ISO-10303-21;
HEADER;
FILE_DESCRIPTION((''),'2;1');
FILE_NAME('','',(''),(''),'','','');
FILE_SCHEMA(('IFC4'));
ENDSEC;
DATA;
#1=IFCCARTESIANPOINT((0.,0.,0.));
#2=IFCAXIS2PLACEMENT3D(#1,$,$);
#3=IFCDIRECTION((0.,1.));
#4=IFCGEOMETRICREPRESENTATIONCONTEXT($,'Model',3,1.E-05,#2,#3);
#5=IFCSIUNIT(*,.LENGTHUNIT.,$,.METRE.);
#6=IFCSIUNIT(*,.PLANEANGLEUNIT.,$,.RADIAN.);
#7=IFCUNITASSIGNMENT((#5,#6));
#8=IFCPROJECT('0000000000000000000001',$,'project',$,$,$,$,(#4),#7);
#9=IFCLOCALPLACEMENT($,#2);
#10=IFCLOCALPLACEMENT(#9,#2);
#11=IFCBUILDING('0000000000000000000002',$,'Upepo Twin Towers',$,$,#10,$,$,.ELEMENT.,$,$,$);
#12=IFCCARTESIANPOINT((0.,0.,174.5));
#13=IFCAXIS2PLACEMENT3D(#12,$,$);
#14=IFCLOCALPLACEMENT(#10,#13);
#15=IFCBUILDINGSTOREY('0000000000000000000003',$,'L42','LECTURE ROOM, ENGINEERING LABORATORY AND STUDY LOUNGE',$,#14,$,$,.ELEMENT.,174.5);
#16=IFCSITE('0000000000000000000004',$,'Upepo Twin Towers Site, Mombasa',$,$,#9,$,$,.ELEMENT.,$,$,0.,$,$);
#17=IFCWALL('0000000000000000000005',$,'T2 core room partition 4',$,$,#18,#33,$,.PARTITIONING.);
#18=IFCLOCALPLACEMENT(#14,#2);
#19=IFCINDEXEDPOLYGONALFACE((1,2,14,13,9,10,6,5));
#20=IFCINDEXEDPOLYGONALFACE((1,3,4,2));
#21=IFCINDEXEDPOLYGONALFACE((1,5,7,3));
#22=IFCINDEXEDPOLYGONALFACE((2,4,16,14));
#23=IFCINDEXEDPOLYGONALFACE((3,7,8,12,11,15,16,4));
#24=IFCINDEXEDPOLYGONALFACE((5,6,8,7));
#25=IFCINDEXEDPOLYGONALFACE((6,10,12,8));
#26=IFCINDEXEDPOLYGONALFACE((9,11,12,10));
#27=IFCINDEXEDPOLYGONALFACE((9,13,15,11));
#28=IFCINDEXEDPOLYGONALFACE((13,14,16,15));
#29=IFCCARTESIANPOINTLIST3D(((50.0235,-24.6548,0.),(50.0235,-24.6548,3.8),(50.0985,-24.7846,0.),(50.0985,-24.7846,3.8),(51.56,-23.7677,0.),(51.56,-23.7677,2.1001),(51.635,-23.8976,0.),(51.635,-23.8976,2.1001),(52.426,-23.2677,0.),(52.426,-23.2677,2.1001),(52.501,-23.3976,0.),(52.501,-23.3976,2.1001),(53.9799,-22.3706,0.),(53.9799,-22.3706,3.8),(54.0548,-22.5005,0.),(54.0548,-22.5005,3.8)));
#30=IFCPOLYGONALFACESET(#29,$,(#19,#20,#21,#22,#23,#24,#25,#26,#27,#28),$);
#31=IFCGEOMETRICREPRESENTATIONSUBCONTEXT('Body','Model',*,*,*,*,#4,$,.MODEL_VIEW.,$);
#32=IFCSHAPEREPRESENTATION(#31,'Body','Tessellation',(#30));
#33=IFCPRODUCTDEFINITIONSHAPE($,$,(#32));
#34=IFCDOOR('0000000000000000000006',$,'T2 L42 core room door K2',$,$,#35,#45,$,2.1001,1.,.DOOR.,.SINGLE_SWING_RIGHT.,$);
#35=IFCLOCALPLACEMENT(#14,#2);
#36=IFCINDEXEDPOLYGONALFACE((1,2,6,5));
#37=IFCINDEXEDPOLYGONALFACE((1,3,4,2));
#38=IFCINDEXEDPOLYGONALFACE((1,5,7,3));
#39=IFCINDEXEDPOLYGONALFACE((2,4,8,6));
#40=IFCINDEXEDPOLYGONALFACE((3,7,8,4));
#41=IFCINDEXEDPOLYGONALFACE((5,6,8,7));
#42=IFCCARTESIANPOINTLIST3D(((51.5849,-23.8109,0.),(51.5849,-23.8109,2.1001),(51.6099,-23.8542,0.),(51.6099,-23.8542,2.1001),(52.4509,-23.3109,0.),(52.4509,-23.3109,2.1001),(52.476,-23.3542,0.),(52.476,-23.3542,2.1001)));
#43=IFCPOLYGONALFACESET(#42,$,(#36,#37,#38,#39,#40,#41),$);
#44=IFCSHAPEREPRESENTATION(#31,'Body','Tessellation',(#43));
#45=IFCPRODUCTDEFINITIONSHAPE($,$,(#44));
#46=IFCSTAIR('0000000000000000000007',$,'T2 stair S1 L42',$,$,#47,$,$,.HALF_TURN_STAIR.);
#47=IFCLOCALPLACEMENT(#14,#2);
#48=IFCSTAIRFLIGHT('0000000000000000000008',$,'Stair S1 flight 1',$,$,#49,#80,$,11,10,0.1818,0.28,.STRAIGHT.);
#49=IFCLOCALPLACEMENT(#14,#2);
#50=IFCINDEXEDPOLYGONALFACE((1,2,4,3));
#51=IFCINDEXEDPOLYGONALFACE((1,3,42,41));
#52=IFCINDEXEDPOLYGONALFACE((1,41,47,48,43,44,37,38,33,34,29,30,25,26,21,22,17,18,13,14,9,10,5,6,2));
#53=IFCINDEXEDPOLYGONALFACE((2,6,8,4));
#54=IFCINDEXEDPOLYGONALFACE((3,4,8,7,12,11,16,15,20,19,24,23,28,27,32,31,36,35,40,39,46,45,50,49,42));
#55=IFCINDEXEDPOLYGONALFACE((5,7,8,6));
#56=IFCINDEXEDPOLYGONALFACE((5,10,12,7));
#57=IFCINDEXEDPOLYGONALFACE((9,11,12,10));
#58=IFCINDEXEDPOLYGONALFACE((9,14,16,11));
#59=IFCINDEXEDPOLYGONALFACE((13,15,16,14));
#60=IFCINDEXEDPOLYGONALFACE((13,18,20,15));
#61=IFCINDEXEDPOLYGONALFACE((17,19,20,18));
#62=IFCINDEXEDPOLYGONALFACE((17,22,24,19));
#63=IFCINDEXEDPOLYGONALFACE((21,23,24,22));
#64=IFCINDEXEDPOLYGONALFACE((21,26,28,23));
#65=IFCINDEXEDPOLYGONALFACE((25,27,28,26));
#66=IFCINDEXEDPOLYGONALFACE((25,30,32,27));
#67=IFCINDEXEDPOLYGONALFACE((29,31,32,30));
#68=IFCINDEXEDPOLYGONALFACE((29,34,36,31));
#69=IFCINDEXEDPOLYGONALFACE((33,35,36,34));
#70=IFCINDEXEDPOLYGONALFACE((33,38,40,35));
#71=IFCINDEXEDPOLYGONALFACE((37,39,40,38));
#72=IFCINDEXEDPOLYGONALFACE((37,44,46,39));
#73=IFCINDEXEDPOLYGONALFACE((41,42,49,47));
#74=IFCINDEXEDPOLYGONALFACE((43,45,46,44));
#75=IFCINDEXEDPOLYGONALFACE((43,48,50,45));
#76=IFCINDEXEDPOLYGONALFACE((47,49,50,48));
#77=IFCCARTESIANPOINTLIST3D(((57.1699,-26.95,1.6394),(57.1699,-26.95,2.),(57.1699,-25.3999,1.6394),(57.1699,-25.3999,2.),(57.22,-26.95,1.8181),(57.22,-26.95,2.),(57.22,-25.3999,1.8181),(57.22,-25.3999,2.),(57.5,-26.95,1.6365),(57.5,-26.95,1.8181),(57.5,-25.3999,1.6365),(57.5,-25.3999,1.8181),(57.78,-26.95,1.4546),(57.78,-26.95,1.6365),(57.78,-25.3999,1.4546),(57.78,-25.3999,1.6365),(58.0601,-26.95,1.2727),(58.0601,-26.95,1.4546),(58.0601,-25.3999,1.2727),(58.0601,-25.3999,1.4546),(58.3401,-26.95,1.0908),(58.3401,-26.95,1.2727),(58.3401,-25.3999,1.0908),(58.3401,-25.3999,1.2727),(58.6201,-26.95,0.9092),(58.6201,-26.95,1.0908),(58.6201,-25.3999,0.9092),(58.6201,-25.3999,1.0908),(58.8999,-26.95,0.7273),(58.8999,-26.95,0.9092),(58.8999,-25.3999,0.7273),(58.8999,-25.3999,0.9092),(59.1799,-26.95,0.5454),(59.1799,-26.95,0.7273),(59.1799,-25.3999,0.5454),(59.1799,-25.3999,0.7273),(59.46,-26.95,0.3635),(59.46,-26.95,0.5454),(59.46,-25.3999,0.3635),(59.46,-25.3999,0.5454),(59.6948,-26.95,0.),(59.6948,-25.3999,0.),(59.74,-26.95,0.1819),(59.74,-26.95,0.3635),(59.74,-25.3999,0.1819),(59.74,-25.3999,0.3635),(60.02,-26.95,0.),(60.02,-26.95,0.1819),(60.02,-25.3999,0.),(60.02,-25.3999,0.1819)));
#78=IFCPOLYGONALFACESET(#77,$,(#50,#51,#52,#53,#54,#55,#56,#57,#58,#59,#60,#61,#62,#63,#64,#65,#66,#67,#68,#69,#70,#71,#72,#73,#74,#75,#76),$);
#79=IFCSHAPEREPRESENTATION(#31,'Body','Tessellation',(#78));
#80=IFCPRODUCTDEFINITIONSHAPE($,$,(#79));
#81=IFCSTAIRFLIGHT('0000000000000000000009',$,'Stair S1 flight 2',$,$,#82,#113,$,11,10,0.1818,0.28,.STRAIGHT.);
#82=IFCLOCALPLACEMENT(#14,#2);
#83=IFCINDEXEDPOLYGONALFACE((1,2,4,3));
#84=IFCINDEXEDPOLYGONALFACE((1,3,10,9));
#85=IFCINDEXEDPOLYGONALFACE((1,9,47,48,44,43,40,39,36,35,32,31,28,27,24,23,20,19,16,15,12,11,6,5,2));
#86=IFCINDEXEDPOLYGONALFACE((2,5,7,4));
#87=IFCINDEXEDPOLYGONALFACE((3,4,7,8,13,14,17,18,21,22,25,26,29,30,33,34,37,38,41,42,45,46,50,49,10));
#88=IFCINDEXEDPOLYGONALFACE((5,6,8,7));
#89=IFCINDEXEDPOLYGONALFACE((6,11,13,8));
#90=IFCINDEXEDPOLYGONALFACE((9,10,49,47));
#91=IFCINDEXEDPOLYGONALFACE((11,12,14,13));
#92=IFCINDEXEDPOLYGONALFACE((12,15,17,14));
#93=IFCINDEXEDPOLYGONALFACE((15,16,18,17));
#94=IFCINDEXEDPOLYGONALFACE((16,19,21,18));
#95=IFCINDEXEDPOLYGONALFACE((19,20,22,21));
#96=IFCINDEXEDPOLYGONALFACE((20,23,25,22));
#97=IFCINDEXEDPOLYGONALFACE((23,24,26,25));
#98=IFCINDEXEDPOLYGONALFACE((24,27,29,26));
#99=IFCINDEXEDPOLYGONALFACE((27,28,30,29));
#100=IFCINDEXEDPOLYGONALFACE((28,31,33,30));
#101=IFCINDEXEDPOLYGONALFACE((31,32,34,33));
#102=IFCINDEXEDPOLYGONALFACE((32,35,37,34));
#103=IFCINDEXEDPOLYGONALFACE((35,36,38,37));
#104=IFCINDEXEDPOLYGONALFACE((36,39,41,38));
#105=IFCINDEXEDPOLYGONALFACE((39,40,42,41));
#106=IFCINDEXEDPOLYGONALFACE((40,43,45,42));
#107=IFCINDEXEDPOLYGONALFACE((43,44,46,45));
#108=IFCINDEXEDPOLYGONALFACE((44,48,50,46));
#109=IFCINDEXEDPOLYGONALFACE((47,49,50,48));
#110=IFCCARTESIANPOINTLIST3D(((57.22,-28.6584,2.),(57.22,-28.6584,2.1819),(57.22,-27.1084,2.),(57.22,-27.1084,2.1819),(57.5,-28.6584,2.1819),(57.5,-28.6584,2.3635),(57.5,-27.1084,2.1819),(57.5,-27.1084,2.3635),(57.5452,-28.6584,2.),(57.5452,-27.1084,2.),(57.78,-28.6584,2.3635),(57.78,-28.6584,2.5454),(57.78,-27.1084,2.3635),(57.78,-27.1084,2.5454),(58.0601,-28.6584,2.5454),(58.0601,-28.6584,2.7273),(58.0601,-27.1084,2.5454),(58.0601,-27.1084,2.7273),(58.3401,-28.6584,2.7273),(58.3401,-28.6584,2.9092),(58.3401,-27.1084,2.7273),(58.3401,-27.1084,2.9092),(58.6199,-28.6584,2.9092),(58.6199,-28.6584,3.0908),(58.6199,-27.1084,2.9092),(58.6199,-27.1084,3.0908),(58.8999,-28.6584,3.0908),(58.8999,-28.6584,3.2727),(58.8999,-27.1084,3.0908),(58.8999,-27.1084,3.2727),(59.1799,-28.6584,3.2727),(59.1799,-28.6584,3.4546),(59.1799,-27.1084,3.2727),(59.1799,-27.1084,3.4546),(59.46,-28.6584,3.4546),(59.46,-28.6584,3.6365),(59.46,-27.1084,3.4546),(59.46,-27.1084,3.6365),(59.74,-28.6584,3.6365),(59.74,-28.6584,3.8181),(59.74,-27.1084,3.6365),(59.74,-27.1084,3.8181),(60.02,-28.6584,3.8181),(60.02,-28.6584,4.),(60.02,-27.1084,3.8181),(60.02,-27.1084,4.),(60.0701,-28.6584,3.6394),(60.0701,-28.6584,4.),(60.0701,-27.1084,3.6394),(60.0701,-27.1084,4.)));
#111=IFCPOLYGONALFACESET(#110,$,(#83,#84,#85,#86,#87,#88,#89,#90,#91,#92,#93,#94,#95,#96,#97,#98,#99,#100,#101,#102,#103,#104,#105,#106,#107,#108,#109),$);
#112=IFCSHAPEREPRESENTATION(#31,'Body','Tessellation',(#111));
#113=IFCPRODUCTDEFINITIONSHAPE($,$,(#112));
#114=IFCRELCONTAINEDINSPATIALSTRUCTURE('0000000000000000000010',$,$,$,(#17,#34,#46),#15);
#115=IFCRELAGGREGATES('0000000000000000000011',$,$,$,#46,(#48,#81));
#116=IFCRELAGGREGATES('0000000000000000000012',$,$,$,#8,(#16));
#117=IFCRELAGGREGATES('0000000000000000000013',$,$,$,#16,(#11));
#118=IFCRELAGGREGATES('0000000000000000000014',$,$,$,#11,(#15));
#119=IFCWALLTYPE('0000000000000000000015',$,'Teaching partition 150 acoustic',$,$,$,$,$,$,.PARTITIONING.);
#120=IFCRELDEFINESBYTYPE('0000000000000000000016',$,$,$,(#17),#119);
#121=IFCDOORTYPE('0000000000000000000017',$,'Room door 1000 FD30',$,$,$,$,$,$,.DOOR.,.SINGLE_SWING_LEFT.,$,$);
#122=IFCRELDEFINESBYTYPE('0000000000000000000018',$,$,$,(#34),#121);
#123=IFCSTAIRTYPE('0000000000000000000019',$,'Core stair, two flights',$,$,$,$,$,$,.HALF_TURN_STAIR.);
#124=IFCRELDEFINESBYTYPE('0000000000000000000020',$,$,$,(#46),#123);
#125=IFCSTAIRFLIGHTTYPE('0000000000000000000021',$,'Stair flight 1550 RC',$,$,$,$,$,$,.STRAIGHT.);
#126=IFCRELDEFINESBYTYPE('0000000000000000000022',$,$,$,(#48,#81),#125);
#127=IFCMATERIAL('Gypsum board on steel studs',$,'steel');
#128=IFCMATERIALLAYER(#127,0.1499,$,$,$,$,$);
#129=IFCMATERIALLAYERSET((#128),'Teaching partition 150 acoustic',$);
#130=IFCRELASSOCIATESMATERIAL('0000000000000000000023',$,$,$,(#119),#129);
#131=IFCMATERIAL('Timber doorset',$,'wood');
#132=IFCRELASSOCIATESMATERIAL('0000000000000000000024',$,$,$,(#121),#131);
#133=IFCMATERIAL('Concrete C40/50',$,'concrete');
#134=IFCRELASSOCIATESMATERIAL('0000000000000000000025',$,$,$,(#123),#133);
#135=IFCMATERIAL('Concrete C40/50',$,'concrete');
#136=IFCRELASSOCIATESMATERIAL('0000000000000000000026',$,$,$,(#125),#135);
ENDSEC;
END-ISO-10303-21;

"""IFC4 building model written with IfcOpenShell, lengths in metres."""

from ifc_helpers import new_model, si_unit, direction, frame, frame_2d, origin, place, context, subcontext, project, spatial, polyline, rectangle, outline, extrude, material, layer, layer_set, type_object, element, fill, aggregate, save


model = new_model("IFC4")

# Units and contexts
model_context = context("Model", 3, precision=1e-05, world=origin(), true_north=direction((0.0, 1.0)))
body_context = subcontext(model_context, "Body", "Model", "MODEL_VIEW")
ifc_project = project(units=[si_unit("LENGTHUNIT", "METRE"), si_unit("PLANEANGLEUNIT", "RADIAN")], contexts=[model_context])

# Site, building, storey
site_placement = place(None, origin())
site = spatial("IfcSite", under=ifc_project, at=site_placement, Name="Upepo Twin Towers Site, Mombasa", CompositionType="ELEMENT", RefElevation=0.0)
building_placement = place(site_placement, origin())
building = spatial("IfcBuilding", under=site, at=building_placement, Name="Upepo Twin Towers", CompositionType="ELEMENT")
storey_placement = place(building_placement, frame((0.0, 0.0, 174.5)))
storey = spatial("IfcBuildingStorey", under=building, at=storey_placement, Name="L42", Description="LECTURE ROOM, ENGINEERING LABORATORY AND STUDY LOUNGE", CompositionType="ELEMENT", Elevation=174.5)

# Shared definitions
ifc_material_1 = material(Name="Gypsum board on steel studs", Category="steel")
ifc_layer_1 = layer(ifc_material_1, 0.1499)
ifc_layer_set_1 = layer_set([ifc_layer_1], Name="Teaching partition 150 acoustic")
wall_type_1 = type_object("IfcWallType", Name="Teaching partition 150 acoustic", PredefinedType="PARTITIONING", material=ifc_layer_set_1)

# Wall, opening, door
wall_1_placement = place(storey_placement, frame((54.0173, -22.4355, 0.0), z_axis=(0.0, 0.0, 1.0), x_axis=(-0.866025, -0.500002, 0.0)))
wall_1 = element("IfcWall", 1, at=wall_1_placement, inside=storey, type_object=wall_type_1, Name="T2 core room partition 4", PredefinedType="PARTITIONING", context=body_context, shape_type="SweptSolid", body=[
    extrude(rectangle(XDim=4.5684, YDim=0.1499, at=frame_2d((2.2842, 0.0))), origin(), (0.0, 0.0, 1.0), 3.8),
])
opening_1_placement = place(wall_1_placement, frame((1.7942, 0.0, 0.0)))
opening_1 = element("IfcOpeningElement", 2, at=opening_1_placement, cuts=wall_1, PredefinedType="OPENING", context=body_context, shape_type="SweptSolid", body=[
    extrude(rectangle(XDim=1.0, YDim=2.1001, at=frame_2d((0.5, 1.05))), frame((0.0, 0.085, 0.0), z_axis=(0.0, -1.0, 0.0), x_axis=(1.0, 0.0, 0.0)), (0.0, 0.0, 1.0), 0.1699),
])
ifc_material_2 = material(Name="Timber doorset", Category="wood")
door_type_1 = type_object("IfcDoorType", Name="Room door 1000 FD30", OperationType="SINGLE_SWING_LEFT", PredefinedType="DOOR", material=ifc_material_2)
door_1_placement = place(opening_1_placement, origin())
door_1 = element("IfcDoor", 3, at=door_1_placement, inside=storey, type_object=door_type_1, Name="T2 L42 core room door K2", OperationType="SINGLE_SWING_RIGHT", OverallHeight=2.1001, OverallWidth=1.0, PredefinedType="DOOR", context=body_context, shape_type="SweptSolid", body=[
    extrude(rectangle(XDim=1.0, YDim=2.1001, at=frame_2d((0.5, 1.05))), frame((0.0, 0.0249, 0.0), z_axis=(0.0, -1.0, 0.0), x_axis=(1.0, 0.0, 0.0)), (0.0, 0.0, 1.0), 0.05),
])
fill(opening_1, door_1)

# Stair, stair flights
ifc_material_3 = material(Name="Concrete C40/50", Category="concrete")
stair_type = type_object("IfcStairType", Name="Core stair, two flights", PredefinedType="HALF_TURN_STAIR", material=ifc_material_3)
stair_placement = place(storey_placement, origin())
stair = element("IfcStair", 4, at=stair_placement, inside=storey, type_object=stair_type, Name="T2 stair S1 L42", PredefinedType="HALF_TURN_STAIR")
ifc_material_4 = material(Name="Concrete C40/50", Category="concrete")
stair_flight_type = type_object("IfcStairFlightType", Name="Stair flight 1550 RC", PredefinedType="STRAIGHT", material=ifc_material_4)
stair_flight_1_placement = place(storey_placement, frame((60.02, -26.175, 0.0), z_axis=(0.0, 0.0, 1.0), x_axis=(-1.0, 0.0, 0.0)))
stair_flight_1 = element("IfcStairFlight", 5, at=stair_flight_1_placement, type_object=stair_flight_type, Name="Stair S1 flight 1", NumberOfRisers=11, NumberOfTreads=10, PredefinedType="STRAIGHT", RiserHeight=0.1818, TreadLength=0.28, context=body_context, shape_type="SweptSolid", body=[
    extrude(outline(polyline([(0.0, 0.0), (0.0, 0.1819), (0.28, 0.1819), (0.28, 0.3635), (0.5601, 0.3635), (0.5601, 0.5454), (0.8401, 0.5454), (0.8401, 0.7273), (1.1201, 0.7273), (1.1201, 0.9092), (1.3999, 0.9092), (1.3999, 1.0908), (1.6799, 1.0908), (1.6799, 1.2727), (1.96, 1.2727), (1.96, 1.4546), (2.24, 1.4546), (2.24, 1.6365), (2.52, 1.6365), (2.52, 1.8181), (2.8, 1.8181), (2.8, 2.0), (2.8501, 2.0), (2.8501, 1.6394), (0.3252, 0.0), (0.0, 0.0)])), frame((0.0, 0.7749, 0.0), z_axis=(0.0, -1.0, 0.0), x_axis=(1.0, 0.0, 0.0)), (0.0, 0.0, 1.0), 1.55),
])
stair_flight_2_placement = place(storey_placement, frame((57.22, -27.8833, 2.0), z_axis=(0.0, 0.0, 1.0), x_axis=(1.0, 0.0, 0.0)))
stair_flight_2 = element("IfcStairFlight", 6, at=stair_flight_2_placement, type_object=stair_flight_type, Name="Stair S1 flight 2", NumberOfRisers=11, NumberOfTreads=10, PredefinedType="STRAIGHT", RiserHeight=0.1818, TreadLength=0.28, context=body_context, shape_type="SweptSolid", body=[
    extrude(outline(polyline([(0.0, 0.0), (0.0, 0.1819), (0.28, 0.1819), (0.28, 0.3635), (0.5601, 0.3635), (0.5601, 0.5454), (0.8401, 0.5454), (0.8401, 0.7273), (1.1201, 0.7273), (1.1201, 0.9092), (1.3999, 0.9092), (1.3999, 1.0908), (1.6799, 1.0908), (1.6799, 1.2727), (1.96, 1.2727), (1.96, 1.4546), (2.24, 1.4546), (2.24, 1.6365), (2.52, 1.6365), (2.52, 1.8181), (2.8, 1.8181), (2.8, 2.0), (2.8501, 2.0), (2.8501, 1.6394), (0.3252, 0.0), (0.0, 0.0)])), frame((0.0, 0.7749, 0.0), z_axis=(0.0, -1.0, 0.0), x_axis=(1.0, 0.0, 0.0)), (0.0, 0.0, 1.0), 1.55),
])
aggregate(stair, [stair_flight_1, stair_flight_2])

save(model, "model.ifc")
